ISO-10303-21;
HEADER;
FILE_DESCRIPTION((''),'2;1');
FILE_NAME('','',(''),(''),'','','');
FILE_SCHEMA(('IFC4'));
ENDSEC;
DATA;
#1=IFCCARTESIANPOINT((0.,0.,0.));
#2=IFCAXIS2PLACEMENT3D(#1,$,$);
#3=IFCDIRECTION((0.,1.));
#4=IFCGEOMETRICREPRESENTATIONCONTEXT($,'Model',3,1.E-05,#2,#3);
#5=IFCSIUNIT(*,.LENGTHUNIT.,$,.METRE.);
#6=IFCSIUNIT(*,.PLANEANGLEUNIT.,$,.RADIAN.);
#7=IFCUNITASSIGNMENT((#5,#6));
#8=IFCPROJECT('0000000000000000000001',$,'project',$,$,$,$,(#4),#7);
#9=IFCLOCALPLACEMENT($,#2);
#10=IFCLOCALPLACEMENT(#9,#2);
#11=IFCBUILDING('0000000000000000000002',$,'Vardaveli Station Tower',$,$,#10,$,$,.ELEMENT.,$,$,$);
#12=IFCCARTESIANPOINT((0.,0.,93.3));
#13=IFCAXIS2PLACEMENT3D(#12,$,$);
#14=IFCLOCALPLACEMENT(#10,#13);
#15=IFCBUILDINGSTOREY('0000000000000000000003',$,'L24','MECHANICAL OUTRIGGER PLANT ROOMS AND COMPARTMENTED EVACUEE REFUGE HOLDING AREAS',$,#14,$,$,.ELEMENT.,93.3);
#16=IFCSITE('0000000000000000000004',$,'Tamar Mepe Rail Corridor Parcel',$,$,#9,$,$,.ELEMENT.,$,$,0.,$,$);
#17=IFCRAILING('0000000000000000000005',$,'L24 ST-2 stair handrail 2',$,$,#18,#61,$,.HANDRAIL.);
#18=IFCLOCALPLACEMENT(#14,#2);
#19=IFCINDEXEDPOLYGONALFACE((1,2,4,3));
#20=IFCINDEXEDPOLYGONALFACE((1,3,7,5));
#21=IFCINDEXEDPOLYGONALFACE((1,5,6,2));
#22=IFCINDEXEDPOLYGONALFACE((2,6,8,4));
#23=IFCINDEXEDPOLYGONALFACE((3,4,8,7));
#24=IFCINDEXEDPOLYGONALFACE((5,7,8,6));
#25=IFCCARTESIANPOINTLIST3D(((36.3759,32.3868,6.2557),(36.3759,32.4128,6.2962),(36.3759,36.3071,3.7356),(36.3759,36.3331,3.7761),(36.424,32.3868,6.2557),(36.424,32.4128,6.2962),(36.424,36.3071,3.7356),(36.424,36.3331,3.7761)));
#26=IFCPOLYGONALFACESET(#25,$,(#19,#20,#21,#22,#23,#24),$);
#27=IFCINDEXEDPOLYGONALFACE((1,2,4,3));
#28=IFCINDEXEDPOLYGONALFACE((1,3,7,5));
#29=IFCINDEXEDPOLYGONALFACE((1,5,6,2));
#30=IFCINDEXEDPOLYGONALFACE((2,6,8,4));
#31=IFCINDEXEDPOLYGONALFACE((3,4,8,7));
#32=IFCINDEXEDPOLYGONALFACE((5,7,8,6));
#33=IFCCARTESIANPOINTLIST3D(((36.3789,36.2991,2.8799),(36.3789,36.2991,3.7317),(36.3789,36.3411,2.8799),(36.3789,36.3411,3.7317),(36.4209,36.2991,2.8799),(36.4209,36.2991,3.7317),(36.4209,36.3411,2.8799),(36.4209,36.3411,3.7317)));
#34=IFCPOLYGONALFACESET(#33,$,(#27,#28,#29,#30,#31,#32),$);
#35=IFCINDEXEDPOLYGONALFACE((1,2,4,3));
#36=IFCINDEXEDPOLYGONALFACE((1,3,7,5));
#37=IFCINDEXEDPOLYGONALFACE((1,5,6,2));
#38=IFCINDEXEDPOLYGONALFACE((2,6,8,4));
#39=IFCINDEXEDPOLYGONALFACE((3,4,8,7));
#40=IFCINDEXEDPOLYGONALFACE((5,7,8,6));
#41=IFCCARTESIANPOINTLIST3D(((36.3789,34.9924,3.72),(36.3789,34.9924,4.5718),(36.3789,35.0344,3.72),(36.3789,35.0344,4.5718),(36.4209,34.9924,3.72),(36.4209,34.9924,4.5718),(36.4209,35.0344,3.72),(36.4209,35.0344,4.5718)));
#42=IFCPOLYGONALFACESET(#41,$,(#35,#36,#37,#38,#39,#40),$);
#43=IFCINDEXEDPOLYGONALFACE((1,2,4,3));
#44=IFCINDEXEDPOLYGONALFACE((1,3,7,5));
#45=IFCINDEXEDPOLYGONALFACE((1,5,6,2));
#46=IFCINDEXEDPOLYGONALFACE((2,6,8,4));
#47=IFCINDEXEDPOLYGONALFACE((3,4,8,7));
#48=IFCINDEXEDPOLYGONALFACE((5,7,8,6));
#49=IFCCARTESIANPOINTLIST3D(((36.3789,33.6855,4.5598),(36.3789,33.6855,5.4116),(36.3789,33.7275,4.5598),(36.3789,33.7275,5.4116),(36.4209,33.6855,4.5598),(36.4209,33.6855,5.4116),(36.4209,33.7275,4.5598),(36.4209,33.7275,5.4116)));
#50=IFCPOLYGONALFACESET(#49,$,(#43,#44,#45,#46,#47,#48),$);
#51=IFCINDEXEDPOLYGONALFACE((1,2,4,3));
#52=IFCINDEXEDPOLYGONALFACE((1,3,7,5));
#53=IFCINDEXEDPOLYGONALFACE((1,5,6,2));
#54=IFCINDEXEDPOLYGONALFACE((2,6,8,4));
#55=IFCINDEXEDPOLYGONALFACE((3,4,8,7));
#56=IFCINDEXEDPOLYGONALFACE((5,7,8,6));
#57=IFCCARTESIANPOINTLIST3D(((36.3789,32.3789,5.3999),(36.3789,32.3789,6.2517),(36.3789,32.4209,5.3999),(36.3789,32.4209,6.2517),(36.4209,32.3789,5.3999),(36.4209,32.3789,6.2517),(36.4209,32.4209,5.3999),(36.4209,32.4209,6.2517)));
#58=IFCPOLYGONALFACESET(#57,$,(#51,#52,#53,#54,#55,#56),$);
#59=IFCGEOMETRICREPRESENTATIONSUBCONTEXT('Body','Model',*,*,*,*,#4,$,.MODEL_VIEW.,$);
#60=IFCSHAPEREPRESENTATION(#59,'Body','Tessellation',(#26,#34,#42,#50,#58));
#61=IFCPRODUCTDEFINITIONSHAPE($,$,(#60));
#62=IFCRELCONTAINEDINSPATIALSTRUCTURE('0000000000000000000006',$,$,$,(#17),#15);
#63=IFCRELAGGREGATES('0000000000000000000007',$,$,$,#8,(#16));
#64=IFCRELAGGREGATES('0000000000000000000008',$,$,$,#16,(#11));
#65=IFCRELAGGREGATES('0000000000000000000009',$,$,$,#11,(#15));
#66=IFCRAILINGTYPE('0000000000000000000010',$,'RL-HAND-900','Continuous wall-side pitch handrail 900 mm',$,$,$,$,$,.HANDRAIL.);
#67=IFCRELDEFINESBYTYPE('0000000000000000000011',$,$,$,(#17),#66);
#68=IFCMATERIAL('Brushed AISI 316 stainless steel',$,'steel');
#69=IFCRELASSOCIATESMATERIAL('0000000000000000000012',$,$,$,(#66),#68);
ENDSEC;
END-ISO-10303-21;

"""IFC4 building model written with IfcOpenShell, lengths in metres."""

from ifc_helpers import new_model, si_unit, direction, frame, origin, origin_2d, place, context, subcontext, project, spatial, rectangle, extrude, source, transform, mapped, material, type_object, element, save


model = new_model("IFC4")

# Units and contexts
model_context = context("Model", 3, precision=1e-05, world=origin(), true_north=direction((0.0, 1.0)))
body_context = subcontext(model_context, "Body", "Model", "MODEL_VIEW")
ifc_project = project(units=[si_unit("LENGTHUNIT", "METRE"), si_unit("PLANEANGLEUNIT", "RADIAN")], contexts=[model_context])

# Site, building, storey
site_placement = place(None, origin())
site = spatial("IfcSite", under=ifc_project, at=site_placement, Name="Tamar Mepe Rail Corridor Parcel", CompositionType="ELEMENT", RefElevation=0.0)
building_placement = place(site_placement, origin())
building = spatial("IfcBuilding", under=site, at=building_placement, Name="Vardaveli Station Tower", CompositionType="ELEMENT")
storey_placement = place(building_placement, frame((0.0, 0.0, 93.3)))
storey = spatial("IfcBuildingStorey", under=building, at=storey_placement, Name="L24", Description="MECHANICAL OUTRIGGER PLANT ROOMS AND COMPARTMENTED EVACUEE REFUGE HOLDING AREAS", CompositionType="ELEMENT", Elevation=93.3)

# Railing
ifc_material_1 = material(Name="Brushed AISI 316 stainless steel", Category="steel")
railing_type_1 = type_object("IfcRailingType", Name="RL-HAND-900", Description="Continuous wall-side pitch handrail 900 mm", PredefinedType="HANDRAIL", material=ifc_material_1)
shared_shape_1 = source(origin(), body_context, "Body", "SweptSolid", [
    extrude(rectangle(XDim=0.0481, YDim=0.0481, at=origin_2d()), frame((0.0, 0.0, 0.876), z_axis=(0.0, -0.841187, 0.540744), x_axis=(1.0, 0.0, 0.0)), (0.0, 0.0, 1.0), 4.6604),
    extrude(rectangle(XDim=0.042, YDim=0.042, at=origin_2d()), origin(), (0.0, 0.0, 1.0), 0.8518),
    extrude(rectangle(XDim=0.042, YDim=0.042, at=origin_2d()), frame((0.0, -1.3066, 0.8401)), (0.0, 0.0, 1.0), 0.8518),
    extrude(rectangle(XDim=0.042, YDim=0.042, at=origin_2d()), frame((0.0, -2.6135, 1.6799)), (0.0, 0.0, 1.0), 0.8518),
    extrude(rectangle(XDim=0.042, YDim=0.042, at=origin_2d()), frame((0.0, -3.9202, 2.52)), (0.0, 0.0, 1.0), 0.8518),
])
railing_1_placement = place(storey_placement, frame((36.3999, 36.3201, 2.8799)))
element("IfcRailing", 1, at=railing_1_placement, inside=storey, type_object=railing_type_1, Name="L24 ST-2 stair handrail 2", PredefinedType="HANDRAIL", context=body_context, shape_type="MappedRepresentation", body=[
    mapped(shared_shape_1, transform((0.0, 0.0, 0.0), scale=1.0)),
])

save(model, "model.ifc")
